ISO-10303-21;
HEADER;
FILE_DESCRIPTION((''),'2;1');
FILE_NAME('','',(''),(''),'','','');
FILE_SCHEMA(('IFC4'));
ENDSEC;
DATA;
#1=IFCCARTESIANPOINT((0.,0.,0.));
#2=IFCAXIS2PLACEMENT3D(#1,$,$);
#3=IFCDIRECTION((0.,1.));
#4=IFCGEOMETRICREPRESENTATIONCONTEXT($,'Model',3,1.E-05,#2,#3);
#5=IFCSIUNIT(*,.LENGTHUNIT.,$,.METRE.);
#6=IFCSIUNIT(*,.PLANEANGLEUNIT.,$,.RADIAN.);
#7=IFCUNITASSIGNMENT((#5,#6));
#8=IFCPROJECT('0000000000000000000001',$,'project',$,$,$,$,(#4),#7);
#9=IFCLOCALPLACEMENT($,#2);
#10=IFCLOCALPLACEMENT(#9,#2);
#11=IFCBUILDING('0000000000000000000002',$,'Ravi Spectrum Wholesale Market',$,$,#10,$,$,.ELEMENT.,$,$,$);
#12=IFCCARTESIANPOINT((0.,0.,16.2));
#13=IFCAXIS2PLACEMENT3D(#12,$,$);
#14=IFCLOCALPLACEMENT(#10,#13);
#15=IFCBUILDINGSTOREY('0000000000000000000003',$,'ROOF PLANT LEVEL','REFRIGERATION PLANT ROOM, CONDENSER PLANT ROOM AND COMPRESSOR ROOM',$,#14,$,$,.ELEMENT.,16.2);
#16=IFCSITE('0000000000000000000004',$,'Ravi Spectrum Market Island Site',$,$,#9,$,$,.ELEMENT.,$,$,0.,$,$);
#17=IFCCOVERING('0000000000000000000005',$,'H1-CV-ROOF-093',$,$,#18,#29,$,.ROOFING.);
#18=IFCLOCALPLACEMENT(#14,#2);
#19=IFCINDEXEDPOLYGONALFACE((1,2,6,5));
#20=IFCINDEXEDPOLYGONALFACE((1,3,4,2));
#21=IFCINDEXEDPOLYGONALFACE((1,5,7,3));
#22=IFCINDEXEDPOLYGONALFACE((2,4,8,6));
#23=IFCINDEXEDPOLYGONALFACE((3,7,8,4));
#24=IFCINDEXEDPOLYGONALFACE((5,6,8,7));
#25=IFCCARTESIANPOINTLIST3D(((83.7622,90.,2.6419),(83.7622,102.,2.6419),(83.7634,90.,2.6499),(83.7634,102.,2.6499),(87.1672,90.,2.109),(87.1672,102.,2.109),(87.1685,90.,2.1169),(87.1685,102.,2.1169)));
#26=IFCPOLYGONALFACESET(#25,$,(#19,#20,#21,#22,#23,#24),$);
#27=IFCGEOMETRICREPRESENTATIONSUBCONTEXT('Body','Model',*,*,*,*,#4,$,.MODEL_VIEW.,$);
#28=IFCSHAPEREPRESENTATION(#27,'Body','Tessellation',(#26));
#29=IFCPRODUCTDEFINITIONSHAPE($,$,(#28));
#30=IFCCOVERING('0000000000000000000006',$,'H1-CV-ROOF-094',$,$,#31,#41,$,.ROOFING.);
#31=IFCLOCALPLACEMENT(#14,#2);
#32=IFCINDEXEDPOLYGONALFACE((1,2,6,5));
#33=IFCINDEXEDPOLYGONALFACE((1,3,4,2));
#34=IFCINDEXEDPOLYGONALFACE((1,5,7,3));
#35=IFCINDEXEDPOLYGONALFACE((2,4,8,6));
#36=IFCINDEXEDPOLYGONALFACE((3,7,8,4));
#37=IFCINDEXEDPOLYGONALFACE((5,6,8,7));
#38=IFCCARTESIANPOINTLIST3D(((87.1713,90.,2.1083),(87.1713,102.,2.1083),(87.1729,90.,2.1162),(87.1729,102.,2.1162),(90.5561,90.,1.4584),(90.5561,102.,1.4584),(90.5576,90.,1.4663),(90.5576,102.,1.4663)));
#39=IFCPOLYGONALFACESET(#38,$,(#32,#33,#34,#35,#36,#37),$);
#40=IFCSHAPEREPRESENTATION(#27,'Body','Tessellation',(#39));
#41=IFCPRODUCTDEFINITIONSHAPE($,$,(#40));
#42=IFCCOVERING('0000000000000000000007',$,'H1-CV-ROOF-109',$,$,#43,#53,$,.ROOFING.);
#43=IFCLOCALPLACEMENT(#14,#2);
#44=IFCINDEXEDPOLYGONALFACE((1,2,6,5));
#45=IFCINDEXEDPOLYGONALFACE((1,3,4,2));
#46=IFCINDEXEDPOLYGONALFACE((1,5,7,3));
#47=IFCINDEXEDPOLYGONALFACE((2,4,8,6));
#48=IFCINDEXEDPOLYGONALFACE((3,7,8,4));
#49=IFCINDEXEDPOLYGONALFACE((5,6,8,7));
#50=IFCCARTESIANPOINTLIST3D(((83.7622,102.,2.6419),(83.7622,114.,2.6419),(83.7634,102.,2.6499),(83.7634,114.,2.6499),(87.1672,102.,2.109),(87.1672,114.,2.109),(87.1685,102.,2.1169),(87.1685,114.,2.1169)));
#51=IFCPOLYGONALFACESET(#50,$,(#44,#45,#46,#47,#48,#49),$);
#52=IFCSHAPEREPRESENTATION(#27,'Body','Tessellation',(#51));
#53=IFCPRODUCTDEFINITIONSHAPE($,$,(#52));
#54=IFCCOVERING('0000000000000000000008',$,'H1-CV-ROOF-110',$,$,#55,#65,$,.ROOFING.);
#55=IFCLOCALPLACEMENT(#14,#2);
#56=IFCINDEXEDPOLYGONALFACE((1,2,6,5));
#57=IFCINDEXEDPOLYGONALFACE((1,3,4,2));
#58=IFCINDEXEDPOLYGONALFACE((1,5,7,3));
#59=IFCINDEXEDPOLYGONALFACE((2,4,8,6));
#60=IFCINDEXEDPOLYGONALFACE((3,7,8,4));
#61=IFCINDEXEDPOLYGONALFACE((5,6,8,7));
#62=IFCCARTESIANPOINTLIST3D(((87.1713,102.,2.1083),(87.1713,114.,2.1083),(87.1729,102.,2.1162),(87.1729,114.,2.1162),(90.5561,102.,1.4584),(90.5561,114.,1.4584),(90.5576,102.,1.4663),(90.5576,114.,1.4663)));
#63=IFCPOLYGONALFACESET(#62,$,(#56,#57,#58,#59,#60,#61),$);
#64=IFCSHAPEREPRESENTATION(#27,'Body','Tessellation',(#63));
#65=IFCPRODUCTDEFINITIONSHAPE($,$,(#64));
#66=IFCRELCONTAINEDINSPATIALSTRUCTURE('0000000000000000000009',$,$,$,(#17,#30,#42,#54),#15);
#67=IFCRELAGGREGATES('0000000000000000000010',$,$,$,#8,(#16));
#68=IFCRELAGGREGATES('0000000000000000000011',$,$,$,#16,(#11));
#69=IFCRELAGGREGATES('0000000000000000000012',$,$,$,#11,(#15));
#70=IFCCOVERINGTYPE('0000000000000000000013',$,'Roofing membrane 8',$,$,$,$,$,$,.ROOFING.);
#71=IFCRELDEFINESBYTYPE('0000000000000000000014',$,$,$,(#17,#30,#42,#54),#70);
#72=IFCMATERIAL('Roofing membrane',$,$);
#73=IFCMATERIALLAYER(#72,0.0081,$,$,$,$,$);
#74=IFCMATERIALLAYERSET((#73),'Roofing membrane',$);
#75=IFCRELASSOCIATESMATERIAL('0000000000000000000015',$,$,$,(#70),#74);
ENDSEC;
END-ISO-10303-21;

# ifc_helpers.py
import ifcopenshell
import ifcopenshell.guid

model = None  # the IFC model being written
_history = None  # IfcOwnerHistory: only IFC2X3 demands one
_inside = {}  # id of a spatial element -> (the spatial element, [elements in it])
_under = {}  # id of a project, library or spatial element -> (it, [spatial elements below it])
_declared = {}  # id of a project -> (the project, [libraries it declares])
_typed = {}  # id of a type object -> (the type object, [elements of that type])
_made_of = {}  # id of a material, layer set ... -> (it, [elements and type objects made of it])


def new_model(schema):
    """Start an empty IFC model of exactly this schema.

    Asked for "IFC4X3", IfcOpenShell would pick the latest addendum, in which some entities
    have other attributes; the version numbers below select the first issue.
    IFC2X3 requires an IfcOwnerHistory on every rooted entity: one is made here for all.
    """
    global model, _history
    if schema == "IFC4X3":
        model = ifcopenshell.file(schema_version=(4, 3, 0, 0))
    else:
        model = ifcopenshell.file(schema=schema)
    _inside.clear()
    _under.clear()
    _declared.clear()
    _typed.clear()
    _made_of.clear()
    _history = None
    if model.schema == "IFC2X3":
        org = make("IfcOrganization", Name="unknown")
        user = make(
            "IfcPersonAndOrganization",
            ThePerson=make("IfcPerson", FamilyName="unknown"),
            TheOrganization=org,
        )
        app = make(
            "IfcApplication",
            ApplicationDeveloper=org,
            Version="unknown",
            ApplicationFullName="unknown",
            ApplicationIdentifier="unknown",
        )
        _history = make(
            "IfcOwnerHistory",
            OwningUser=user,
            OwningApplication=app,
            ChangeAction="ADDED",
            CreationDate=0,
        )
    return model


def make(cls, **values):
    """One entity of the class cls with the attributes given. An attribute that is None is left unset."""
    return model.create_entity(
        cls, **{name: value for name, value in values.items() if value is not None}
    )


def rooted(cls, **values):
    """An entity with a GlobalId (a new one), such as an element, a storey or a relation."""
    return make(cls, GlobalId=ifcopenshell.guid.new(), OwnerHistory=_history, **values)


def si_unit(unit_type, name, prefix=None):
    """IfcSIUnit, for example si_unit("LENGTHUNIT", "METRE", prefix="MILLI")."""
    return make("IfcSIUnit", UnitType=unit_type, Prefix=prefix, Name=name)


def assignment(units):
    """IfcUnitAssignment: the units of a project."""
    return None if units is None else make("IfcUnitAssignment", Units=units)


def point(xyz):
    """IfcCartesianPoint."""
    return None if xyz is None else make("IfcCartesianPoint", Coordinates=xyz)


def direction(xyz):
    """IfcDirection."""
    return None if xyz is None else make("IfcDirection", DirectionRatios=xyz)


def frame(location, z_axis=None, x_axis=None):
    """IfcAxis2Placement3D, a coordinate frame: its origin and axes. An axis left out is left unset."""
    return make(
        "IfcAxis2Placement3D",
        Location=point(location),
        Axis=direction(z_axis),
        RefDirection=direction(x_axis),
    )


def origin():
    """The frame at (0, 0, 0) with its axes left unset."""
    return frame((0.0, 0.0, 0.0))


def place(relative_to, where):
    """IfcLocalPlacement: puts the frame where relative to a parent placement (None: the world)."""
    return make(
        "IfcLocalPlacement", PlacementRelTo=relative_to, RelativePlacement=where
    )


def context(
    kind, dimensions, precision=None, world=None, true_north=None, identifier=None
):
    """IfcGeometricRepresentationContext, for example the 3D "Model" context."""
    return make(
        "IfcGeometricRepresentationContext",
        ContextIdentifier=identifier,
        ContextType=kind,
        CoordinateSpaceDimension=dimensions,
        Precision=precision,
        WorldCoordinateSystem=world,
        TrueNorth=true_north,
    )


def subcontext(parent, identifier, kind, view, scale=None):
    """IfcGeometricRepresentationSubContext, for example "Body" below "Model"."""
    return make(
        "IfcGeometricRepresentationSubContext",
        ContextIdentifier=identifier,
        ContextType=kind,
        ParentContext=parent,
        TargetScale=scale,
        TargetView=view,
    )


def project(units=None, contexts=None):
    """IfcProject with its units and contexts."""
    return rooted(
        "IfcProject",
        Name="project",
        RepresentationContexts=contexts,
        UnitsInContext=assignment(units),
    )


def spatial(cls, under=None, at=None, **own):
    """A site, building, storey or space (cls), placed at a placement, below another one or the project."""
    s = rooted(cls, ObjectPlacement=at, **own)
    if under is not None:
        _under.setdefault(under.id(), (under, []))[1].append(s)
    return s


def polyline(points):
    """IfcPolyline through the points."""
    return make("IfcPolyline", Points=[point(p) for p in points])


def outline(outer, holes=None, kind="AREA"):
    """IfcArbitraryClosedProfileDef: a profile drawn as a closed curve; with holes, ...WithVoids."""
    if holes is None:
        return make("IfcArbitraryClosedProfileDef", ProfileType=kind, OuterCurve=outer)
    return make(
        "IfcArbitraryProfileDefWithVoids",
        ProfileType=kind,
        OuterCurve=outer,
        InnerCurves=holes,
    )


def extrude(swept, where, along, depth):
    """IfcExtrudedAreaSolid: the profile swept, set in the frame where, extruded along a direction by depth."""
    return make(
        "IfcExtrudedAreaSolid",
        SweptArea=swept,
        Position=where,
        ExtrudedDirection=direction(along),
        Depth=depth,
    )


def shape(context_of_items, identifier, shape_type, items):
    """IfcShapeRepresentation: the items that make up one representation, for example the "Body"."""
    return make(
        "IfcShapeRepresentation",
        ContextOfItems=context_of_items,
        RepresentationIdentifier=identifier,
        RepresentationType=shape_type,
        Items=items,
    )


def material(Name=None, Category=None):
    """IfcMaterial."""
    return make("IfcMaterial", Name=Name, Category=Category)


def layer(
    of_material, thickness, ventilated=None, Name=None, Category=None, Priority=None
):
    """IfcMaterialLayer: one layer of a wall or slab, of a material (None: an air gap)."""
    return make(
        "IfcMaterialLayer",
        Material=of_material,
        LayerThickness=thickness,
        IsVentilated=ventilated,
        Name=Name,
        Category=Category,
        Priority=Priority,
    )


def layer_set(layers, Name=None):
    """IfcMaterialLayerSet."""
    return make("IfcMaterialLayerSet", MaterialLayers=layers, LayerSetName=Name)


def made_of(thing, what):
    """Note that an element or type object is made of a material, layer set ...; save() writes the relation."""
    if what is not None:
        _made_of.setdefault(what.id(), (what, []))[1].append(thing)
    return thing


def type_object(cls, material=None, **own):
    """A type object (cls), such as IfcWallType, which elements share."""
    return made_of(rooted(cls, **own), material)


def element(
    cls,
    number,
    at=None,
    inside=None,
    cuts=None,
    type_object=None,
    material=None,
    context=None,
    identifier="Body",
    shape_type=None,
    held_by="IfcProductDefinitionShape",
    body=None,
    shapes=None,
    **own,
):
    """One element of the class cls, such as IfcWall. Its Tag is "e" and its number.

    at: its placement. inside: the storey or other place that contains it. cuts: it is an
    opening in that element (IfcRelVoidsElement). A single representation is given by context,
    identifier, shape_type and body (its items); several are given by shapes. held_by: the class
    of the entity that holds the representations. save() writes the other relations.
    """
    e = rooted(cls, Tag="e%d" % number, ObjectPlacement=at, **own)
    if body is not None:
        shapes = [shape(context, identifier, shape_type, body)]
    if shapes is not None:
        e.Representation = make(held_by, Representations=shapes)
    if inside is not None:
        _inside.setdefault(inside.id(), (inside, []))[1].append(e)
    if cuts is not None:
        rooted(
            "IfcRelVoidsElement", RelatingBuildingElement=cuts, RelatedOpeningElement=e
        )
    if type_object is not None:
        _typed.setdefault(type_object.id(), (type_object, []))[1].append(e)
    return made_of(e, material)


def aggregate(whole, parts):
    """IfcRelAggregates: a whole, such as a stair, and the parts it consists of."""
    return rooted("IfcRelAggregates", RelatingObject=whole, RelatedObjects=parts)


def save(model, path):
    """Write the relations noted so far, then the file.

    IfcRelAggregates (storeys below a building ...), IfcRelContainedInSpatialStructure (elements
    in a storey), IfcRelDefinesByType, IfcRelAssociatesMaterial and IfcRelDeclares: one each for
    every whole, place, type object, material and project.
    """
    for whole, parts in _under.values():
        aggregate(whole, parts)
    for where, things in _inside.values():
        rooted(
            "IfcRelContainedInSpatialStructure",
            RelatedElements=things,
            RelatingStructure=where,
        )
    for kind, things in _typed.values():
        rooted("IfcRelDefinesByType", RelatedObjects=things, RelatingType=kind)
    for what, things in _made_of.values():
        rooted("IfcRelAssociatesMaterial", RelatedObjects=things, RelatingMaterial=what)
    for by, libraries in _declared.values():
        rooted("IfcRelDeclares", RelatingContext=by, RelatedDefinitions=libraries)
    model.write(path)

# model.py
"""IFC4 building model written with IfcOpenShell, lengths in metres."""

from ifc_helpers import new_model, si_unit, direction, frame, origin, place, context, subcontext, project, spatial, polyline, outline, extrude, material, layer, layer_set, type_object, element, save


model = new_model("IFC4")

# Units and contexts
model_context = context("Model", 3, precision=1e-05, world=origin(), true_north=direction((0.0, 1.0)))
body_context = subcontext(model_context, "Body", "Model", "MODEL_VIEW")
ifc_project = project(units=[si_unit("LENGTHUNIT", "METRE"), si_unit("PLANEANGLEUNIT", "RADIAN")], contexts=[model_context])

# Site, building, storey
site_placement = place(None, origin())
site = spatial("IfcSite", under=ifc_project, at=site_placement, Name="Ravi Spectrum Market Island Site", CompositionType="ELEMENT", RefElevation=0.0)
building_placement = place(site_placement, origin())
building = spatial("IfcBuilding", under=site, at=building_placement, Name="Ravi Spectrum Wholesale Market", CompositionType="ELEMENT")
storey_placement = place(building_placement, frame((0.0, 0.0, 16.2)))
storey = spatial("IfcBuildingStorey", under=building, at=storey_placement, Name="ROOF PLANT LEVEL", Description="REFRIGERATION PLANT ROOM, CONDENSER PLANT ROOM AND COMPRESSOR ROOM", CompositionType="ELEMENT", Elevation=16.2)

# Coverings
ifc_material_1 = material(Name="Roofing membrane")
ifc_layer_1 = layer(ifc_material_1, 0.0081)
ifc_layer_set_1 = layer_set([ifc_layer_1], Name="Roofing membrane")
covering_type = type_object("IfcCoveringType", Name="Roofing membrane 8", PredefinedType="ROOFING", material=ifc_layer_set_1)
covering_1_placement = place(storey_placement, frame((83.7634, 90.0, 2.6499), z_axis=(0.154638, 0.0, 0.987971), x_axis=(0.987971, 0.0, -0.154638)))
element("IfcCovering", 1, at=covering_1_placement, inside=storey, type_object=covering_type, Name="H1-CV-ROOF-093", PredefinedType="ROOFING", context=body_context, shape_type="SweptSolid", body=[
    extrude(outline(polyline([(0.0, 0.0), (3.4465, 0.0), (3.4465, 12.0), (0.0, 12.0), (0.0, 0.0)])), origin(), (0.0, 0.0, -1.0), 0.0081),
])
covering_2_placement = place(storey_placement, frame((87.1729, 90.0, 2.1162), z_axis=(0.188564, 0.0, 0.982061), x_axis=(0.982061, 0.0, -0.188564)))
element("IfcCovering", 2, at=covering_2_placement, inside=storey, type_object=covering_type, Name="H1-CV-ROOF-094", PredefinedType="ROOFING", context=body_context, shape_type="SweptSolid", body=[
    extrude(outline(polyline([(0.0, 0.0), (3.4466, 0.0), (3.4466, 12.0), (0.0, 12.0), (0.0, 0.0)])), origin(), (0.0, 0.0, -1.0), 0.0081),
])
covering_3_placement = place(storey_placement, frame((83.7634, 102.0, 2.6499), z_axis=(0.154638, 0.0, 0.987971), x_axis=(0.987971, 0.0, -0.154638)))
element("IfcCovering", 3, at=covering_3_placement, inside=storey, type_object=covering_type, Name="H1-CV-ROOF-109", PredefinedType="ROOFING", context=body_context, shape_type="SweptSolid", body=[
    extrude(outline(polyline([(0.0, 0.0), (3.4465, 0.0), (3.4465, 12.0), (0.0, 12.0), (0.0, 0.0)])), origin(), (0.0, 0.0, -1.0), 0.0081),
])
covering_4_placement = place(storey_placement, frame((87.1729, 102.0, 2.1162), z_axis=(0.188564, 0.0, 0.982061), x_axis=(0.982061, 0.0, -0.188564)))
element("IfcCovering", 4, at=covering_4_placement, inside=storey, type_object=covering_type, Name="H1-CV-ROOF-110", PredefinedType="ROOFING", context=body_context, shape_type="SweptSolid", body=[
    extrude(outline(polyline([(0.0, 0.0), (3.4466, 0.0), (3.4466, 12.0), (0.0, 12.0), (0.0, 0.0)])), origin(), (0.0, 0.0, -1.0), 0.0081),
])

save(model, "model.ifc")
